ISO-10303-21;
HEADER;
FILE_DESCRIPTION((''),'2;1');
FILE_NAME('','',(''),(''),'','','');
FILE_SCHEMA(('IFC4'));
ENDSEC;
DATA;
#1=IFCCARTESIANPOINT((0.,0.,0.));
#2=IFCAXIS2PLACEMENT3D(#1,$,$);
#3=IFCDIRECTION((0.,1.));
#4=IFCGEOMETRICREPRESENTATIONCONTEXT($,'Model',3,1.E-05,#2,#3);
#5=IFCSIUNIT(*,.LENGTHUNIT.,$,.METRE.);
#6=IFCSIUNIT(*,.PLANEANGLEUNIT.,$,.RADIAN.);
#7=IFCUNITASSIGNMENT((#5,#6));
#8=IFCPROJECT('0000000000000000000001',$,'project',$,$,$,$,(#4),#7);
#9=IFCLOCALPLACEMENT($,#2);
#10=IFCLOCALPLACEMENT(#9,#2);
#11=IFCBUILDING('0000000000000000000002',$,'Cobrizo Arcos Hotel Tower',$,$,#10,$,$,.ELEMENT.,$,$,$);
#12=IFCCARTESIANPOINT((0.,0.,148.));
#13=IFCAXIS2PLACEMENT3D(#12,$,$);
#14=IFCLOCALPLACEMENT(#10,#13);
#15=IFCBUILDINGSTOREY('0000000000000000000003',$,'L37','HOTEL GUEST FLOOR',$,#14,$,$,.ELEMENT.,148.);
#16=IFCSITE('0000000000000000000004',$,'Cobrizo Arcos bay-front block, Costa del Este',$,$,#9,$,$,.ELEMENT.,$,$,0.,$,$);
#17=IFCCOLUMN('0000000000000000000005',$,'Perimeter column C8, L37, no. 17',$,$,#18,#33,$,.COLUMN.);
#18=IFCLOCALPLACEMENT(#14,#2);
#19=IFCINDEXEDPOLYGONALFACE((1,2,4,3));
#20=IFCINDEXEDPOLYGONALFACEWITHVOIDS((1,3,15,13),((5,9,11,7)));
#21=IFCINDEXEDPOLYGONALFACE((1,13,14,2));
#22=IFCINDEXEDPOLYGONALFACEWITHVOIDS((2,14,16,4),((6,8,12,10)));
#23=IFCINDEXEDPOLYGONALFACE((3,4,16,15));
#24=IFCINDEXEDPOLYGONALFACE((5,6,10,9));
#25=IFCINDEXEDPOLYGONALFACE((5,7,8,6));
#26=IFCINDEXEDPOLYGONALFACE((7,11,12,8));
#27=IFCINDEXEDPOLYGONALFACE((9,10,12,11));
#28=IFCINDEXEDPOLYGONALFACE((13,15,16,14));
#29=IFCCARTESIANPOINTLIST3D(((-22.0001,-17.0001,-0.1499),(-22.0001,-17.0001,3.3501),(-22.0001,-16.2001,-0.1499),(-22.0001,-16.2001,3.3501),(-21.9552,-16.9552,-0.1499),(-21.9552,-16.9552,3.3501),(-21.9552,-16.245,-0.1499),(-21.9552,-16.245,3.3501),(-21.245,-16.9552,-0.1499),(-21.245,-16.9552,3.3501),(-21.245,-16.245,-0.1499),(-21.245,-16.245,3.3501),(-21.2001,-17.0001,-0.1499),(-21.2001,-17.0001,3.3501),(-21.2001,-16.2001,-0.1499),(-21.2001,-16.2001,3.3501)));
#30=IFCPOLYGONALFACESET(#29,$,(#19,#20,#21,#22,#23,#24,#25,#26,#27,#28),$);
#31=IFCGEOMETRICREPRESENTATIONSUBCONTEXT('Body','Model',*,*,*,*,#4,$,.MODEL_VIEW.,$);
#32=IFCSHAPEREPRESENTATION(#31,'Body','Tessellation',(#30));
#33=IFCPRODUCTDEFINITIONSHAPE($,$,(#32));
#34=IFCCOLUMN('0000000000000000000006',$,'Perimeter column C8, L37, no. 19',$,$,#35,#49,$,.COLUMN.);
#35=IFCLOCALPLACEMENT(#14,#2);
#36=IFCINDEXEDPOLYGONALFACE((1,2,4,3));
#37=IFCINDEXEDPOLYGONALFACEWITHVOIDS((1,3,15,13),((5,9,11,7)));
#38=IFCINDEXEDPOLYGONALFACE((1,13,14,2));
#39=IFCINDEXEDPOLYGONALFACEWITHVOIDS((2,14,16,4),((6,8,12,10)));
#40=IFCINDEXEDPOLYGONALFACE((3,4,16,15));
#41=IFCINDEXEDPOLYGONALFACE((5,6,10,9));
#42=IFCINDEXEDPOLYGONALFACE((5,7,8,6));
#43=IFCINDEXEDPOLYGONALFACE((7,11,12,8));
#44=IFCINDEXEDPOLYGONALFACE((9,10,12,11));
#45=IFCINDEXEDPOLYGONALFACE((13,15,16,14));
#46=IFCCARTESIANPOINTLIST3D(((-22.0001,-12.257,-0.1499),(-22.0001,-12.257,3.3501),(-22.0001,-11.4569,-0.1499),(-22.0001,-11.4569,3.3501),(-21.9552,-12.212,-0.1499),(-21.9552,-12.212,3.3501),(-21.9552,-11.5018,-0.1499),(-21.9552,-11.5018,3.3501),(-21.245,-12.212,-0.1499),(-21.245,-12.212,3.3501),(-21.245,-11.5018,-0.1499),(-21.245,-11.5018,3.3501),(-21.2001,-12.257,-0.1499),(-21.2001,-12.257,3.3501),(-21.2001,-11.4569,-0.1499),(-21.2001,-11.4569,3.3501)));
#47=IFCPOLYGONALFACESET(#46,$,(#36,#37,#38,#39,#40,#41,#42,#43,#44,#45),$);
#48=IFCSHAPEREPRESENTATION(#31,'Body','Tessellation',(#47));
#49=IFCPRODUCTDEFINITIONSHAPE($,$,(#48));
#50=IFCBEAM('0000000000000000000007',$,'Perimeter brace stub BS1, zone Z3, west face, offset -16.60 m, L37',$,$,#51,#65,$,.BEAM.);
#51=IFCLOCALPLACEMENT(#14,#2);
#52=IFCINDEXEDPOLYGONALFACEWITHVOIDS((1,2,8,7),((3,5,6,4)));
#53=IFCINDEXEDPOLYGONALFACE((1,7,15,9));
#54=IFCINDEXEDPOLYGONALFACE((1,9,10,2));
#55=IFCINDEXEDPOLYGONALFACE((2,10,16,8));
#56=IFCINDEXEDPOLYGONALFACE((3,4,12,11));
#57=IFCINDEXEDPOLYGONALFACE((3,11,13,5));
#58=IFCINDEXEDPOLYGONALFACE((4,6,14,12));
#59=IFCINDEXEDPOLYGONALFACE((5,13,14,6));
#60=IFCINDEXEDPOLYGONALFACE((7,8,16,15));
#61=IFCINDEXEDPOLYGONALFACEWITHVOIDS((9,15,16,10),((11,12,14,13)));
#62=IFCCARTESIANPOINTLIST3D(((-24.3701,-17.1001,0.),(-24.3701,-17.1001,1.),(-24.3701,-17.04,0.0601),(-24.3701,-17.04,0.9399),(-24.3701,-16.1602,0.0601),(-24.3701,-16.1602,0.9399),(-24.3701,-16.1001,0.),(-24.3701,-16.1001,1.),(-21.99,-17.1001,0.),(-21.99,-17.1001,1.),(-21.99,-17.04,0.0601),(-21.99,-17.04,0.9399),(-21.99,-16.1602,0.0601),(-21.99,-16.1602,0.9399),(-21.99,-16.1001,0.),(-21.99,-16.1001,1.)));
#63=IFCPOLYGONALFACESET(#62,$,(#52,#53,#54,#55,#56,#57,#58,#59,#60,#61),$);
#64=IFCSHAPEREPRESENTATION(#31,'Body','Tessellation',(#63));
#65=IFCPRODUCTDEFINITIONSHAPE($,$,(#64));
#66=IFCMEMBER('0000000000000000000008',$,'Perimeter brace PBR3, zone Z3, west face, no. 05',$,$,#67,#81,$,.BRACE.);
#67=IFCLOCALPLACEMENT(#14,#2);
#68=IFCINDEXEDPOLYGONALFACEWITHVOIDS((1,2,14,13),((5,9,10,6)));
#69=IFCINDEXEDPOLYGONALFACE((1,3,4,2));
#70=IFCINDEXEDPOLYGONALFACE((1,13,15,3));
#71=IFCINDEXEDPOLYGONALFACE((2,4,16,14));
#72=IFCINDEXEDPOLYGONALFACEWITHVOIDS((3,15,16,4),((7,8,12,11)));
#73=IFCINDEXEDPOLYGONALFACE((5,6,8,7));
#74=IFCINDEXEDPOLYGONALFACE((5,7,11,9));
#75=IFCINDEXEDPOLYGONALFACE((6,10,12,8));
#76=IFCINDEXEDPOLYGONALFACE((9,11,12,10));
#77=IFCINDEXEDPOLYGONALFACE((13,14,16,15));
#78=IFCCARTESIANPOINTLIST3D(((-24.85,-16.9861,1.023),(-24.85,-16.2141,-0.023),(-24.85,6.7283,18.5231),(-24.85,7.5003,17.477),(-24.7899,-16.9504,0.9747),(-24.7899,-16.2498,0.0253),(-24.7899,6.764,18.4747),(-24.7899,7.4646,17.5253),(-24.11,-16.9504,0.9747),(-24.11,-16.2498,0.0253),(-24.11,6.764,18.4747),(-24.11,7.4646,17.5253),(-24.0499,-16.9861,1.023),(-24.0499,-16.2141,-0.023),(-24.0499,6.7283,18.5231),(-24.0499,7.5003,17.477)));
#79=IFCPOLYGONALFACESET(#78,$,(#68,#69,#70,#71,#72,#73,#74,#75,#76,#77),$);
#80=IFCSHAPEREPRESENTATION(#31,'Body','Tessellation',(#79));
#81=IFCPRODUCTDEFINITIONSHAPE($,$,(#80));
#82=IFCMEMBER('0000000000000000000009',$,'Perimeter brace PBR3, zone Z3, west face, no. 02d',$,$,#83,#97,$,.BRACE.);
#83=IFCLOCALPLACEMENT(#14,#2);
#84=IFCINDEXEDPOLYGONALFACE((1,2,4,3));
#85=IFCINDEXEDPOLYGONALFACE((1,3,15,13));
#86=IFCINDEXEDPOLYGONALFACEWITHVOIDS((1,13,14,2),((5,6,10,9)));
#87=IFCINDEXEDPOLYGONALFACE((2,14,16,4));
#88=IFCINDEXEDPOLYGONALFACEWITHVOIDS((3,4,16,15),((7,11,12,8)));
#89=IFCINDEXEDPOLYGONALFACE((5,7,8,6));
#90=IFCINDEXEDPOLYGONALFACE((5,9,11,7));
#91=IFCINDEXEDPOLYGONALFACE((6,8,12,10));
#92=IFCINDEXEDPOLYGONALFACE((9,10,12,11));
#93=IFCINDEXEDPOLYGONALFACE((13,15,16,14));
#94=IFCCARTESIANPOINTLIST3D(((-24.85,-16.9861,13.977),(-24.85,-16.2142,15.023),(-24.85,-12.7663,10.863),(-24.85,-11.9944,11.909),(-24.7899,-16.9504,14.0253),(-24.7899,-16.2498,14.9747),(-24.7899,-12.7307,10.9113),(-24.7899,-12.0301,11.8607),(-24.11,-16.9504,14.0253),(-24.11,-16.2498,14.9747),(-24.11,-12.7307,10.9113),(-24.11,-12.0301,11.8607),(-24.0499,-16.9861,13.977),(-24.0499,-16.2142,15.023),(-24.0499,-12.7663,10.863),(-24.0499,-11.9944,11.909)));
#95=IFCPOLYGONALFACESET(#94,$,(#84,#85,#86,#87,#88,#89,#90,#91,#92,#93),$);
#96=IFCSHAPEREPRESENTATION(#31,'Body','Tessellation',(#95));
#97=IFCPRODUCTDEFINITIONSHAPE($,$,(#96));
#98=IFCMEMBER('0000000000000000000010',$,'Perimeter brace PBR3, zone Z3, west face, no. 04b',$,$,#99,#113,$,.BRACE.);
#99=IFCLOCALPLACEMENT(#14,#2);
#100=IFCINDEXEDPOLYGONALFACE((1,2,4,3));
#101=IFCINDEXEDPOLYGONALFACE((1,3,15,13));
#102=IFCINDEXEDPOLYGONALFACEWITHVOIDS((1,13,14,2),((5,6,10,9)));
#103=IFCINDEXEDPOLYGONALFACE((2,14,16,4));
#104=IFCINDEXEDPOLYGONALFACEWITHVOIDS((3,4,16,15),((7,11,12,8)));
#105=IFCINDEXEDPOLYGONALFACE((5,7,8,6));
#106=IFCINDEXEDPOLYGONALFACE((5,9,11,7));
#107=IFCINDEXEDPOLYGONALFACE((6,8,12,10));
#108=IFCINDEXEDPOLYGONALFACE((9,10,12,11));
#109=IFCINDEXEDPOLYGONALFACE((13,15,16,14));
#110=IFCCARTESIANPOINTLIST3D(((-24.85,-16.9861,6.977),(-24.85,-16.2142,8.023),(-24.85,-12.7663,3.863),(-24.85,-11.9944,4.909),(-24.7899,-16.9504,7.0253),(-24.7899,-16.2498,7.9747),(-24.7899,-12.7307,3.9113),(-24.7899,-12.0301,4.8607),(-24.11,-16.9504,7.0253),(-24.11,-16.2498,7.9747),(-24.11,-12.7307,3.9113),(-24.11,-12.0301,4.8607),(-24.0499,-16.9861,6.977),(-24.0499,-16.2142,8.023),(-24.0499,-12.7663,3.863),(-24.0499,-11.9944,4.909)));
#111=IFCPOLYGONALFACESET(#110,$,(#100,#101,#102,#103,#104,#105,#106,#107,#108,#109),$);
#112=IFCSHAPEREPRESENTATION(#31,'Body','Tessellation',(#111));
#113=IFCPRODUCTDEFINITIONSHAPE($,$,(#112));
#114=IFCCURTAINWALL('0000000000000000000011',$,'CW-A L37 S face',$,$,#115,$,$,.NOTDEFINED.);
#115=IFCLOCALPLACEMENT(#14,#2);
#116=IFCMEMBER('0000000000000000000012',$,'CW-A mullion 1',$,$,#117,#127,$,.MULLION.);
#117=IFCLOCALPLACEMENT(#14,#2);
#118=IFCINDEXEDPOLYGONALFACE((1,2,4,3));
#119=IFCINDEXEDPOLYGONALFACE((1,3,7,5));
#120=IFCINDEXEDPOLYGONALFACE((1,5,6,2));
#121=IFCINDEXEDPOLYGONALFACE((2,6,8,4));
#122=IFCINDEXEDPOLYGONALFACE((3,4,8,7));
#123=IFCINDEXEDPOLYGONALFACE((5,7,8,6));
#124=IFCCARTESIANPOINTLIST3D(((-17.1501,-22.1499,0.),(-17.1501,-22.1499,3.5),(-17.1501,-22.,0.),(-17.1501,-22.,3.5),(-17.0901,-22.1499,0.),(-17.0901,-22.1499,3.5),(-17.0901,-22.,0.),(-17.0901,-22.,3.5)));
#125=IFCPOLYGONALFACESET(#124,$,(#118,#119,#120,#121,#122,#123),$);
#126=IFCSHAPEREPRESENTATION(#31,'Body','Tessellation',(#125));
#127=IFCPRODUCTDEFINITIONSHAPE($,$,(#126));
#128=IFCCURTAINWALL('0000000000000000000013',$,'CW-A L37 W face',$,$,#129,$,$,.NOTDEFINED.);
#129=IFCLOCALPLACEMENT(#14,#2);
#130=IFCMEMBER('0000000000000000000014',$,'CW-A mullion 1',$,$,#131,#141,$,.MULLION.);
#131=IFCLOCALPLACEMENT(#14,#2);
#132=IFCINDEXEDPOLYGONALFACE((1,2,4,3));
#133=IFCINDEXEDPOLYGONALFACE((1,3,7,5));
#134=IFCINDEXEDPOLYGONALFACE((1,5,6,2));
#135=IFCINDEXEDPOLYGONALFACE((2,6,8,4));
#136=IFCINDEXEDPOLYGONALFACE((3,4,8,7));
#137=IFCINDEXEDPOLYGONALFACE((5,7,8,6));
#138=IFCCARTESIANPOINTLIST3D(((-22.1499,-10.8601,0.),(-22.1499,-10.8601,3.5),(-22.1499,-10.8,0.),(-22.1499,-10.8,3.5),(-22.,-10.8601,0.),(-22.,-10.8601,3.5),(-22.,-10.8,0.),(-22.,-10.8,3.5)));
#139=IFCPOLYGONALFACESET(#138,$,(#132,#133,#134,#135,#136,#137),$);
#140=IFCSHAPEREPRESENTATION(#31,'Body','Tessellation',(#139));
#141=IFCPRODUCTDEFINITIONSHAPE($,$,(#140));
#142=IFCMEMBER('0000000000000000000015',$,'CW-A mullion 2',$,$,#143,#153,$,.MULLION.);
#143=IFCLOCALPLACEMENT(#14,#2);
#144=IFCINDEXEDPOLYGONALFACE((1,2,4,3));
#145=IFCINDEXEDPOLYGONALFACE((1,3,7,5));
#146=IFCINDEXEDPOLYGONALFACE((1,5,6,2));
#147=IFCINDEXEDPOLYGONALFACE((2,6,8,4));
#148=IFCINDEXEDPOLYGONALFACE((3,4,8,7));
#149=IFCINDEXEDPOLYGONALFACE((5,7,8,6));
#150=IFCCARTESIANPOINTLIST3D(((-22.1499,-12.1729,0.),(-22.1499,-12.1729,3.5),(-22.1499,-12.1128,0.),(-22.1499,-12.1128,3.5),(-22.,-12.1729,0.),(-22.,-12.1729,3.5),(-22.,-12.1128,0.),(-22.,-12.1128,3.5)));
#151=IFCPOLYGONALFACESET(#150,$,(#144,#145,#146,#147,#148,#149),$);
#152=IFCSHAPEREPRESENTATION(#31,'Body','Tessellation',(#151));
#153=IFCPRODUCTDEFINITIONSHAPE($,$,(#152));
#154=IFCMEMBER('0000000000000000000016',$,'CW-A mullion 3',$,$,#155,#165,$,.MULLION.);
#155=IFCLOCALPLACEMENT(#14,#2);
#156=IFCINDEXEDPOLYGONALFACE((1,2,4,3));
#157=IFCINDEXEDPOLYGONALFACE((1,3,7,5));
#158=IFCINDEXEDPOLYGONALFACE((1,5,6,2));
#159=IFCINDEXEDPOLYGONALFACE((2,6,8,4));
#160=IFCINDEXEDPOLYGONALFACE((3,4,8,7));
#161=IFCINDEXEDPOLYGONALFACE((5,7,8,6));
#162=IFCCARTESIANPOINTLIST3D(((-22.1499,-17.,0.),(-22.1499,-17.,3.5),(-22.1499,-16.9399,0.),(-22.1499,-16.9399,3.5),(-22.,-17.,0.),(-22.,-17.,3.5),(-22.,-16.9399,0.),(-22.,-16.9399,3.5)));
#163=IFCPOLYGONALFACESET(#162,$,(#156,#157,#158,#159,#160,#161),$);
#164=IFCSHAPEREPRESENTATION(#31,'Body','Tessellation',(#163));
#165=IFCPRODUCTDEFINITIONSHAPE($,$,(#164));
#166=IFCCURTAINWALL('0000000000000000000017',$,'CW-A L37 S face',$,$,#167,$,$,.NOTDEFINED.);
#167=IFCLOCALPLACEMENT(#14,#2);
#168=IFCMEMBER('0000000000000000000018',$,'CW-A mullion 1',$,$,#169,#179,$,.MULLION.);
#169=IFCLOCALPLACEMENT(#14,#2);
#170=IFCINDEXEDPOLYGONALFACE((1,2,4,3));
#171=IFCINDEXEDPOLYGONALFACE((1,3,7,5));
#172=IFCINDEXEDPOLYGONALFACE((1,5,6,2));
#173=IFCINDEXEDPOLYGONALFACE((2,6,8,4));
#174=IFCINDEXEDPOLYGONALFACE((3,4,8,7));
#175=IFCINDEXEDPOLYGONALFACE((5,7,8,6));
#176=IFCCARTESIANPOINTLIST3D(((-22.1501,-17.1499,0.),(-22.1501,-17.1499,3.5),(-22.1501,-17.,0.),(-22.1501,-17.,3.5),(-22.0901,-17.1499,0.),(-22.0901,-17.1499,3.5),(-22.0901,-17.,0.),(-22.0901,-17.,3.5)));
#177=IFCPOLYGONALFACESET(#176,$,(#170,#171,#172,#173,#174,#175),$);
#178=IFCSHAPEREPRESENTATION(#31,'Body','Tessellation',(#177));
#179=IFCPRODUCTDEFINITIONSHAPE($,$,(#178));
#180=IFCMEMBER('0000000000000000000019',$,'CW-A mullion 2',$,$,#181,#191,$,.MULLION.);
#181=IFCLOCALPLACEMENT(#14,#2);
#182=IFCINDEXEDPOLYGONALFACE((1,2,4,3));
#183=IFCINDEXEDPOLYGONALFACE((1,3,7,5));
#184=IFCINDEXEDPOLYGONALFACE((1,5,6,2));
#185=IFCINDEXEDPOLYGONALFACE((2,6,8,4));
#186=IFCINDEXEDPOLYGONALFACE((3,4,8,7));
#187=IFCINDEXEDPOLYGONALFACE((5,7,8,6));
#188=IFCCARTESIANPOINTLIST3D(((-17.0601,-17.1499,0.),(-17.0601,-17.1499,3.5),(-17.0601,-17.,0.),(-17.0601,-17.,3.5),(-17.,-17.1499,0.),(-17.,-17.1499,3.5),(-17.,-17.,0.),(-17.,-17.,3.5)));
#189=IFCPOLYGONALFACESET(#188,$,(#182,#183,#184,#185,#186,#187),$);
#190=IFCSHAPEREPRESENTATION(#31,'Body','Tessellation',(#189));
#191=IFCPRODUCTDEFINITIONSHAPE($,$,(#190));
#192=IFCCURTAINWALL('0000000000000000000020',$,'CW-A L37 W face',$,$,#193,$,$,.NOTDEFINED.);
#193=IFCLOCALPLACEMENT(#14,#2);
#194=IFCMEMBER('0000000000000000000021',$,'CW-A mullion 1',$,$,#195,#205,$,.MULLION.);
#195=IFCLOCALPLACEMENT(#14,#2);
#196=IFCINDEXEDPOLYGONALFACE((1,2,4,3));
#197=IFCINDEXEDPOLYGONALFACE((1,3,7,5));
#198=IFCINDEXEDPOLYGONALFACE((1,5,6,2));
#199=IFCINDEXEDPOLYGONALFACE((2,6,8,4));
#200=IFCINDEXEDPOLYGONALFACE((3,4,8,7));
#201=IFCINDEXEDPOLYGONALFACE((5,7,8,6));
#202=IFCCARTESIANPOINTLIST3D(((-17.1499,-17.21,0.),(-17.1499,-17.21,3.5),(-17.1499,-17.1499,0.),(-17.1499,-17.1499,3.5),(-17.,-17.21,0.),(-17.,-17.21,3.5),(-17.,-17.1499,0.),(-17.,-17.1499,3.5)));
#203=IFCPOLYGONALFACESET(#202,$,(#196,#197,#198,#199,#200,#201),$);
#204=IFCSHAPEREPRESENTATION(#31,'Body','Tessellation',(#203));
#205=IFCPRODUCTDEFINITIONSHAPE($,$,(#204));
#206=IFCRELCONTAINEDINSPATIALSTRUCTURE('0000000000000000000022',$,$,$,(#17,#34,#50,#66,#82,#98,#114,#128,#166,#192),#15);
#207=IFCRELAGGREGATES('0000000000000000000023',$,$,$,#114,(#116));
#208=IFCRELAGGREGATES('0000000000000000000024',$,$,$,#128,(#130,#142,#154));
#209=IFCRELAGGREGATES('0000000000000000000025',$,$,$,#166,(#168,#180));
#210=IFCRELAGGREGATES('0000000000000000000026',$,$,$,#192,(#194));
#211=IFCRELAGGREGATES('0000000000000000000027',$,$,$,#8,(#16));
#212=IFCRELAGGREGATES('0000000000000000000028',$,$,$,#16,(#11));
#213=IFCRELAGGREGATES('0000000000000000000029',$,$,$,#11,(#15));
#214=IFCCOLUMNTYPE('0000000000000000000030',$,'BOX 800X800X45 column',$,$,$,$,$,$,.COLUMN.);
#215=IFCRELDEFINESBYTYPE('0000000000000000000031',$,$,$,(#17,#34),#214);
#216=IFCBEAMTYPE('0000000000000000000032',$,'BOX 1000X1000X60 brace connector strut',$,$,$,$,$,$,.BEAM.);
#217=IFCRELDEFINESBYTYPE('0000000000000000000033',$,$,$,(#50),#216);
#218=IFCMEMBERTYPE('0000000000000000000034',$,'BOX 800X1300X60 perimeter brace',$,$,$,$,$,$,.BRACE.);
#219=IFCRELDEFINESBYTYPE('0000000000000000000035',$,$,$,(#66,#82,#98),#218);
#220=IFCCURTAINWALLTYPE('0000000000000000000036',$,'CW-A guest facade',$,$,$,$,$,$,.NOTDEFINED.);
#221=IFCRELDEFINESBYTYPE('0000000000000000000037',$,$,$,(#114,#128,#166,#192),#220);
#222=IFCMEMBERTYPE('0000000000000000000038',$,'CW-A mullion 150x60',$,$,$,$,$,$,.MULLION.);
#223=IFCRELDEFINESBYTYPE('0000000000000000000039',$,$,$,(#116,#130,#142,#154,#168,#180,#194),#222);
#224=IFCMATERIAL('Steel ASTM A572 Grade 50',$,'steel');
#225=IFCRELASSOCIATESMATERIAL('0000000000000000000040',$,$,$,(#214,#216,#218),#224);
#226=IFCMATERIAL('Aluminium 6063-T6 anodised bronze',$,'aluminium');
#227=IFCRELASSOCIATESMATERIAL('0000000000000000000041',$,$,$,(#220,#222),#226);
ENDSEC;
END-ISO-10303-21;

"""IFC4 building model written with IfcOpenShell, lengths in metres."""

from ifc_helpers import new_model, si_unit, direction, frame, origin, origin_2d, place, context, subcontext, project, spatial, rectangle, hollow_rectangle, extrude, material, material_profile, profile_set, type_object, element, aggregate, save


model = new_model("IFC4")

# Units and contexts
model_context = context("Model", 3, precision=1e-05, world=origin(), true_north=direction((0.0, 1.0)))
body_context = subcontext(model_context, "Body", "Model", "MODEL_VIEW")
ifc_project = project(units=[si_unit("LENGTHUNIT", "METRE"), si_unit("PLANEANGLEUNIT", "RADIAN")], contexts=[model_context])

# Site, building, storey
site_placement = place(None, origin())
site = spatial("IfcSite", under=ifc_project, at=site_placement, Name="Cobrizo Arcos bay-front block, Costa del Este", CompositionType="ELEMENT", RefElevation=0.0)
building_placement = place(site_placement, origin())
building = spatial("IfcBuilding", under=site, at=building_placement, Name="Cobrizo Arcos Hotel Tower", CompositionType="ELEMENT")
storey_placement = place(building_placement, frame((0.0, 0.0, 148.0)))
storey = spatial("IfcBuildingStorey", under=building, at=storey_placement, Name="L37", Description="HOTEL GUEST FLOOR", CompositionType="ELEMENT", Elevation=148.0)

# Columns
ifc_material_1 = material(Name="Steel ASTM A572 Grade 50", Category="steel")
ifc_material_profile_1 = material_profile(ifc_material_1, hollow_rectangle(XDim=0.8, YDim=0.8, WallThickness=0.0449, at=origin_2d()), Name="BOX 800X800X45")
ifc_profile_set_1 = profile_set([ifc_material_profile_1], Name="Steel ASTM A572 Grade 50")
column_type = type_object("IfcColumnType", Name="BOX 800X800X45 column", PredefinedType="COLUMN", material=ifc_profile_set_1)
for number, where, z_axis, x_axis, name in (
    (1, (-21.6001, -16.6001, -0.1499), (0.0, 0.0, 1.0), (1.0, 0.0, 0.0), "Perimeter column C8, L37, no. 17"),
    (2, (-21.6001, -11.8569, -0.1499), (0.0, 0.0, 1.0), (1.0, 0.0, 0.0), "Perimeter column C8, L37, no. 19"),
):
    element("IfcColumn", number, at=place(storey_placement, frame(where, z_axis=z_axis, x_axis=x_axis)), inside=storey, type_object=column_type, Name=name, PredefinedType="COLUMN", context=body_context, shape_type="SweptSolid", body=[
        extrude(hollow_rectangle(XDim=0.8, YDim=0.8, WallThickness=0.0449, at=origin_2d()), origin(), (0.0, 0.0, 1.0), 3.5),
    ])

# Beam
ifc_material_profile_2 = material_profile(ifc_material_1, hollow_rectangle(XDim=1.0, YDim=1.0, WallThickness=0.0601, at=origin_2d()), Name="BOX 1000X1000X60")
ifc_profile_set_2 = profile_set([ifc_material_profile_2], Name="Steel ASTM A572 Grade 50")
beam_type_1 = type_object("IfcBeamType", Name="BOX 1000X1000X60 brace connector strut", PredefinedType="BEAM", material=ifc_profile_set_2)
beam_1_placement = place(storey_placement, frame((-21.99, -16.6001, 0.5), z_axis=(-1.0, 0.0, 0.0), x_axis=(0.0, -1.0, 0.0)))
element("IfcBeam", 3, at=beam_1_placement, inside=storey, type_object=beam_type_1, Name="Perimeter brace stub BS1, zone Z3, west face, offset -16.60 m, L37", PredefinedType="BEAM", context=body_context, shape_type="SweptSolid", body=[
    extrude(hollow_rectangle(XDim=1.0, YDim=1.0, WallThickness=0.0601, at=origin_2d()), origin(), (0.0, 0.0, 1.0), 2.3801),
])

# Members
ifc_material_profile_3 = material_profile(ifc_material_1, hollow_rectangle(XDim=0.8, YDim=1.3, WallThickness=0.0601, at=origin_2d()), Name="BOX 800X1300X60")
ifc_profile_set_3 = profile_set([ifc_material_profile_3], Name="Steel ASTM A572 Grade 50")
member_type_1 = type_object("IfcMemberType", Name="BOX 800X1300X60 perimeter brace", PredefinedType="BRACE", material=ifc_profile_set_3)
member_1_placement = place(storey_placement, frame((-24.45, -16.6001, 0.5), z_axis=(0.0, 0.80463, 0.593776), x_axis=(-1.0, 0.0, 0.0)))
element("IfcMember", 4, at=member_1_placement, inside=storey, type_object=member_type_1, Name="Perimeter brace PBR3, zone Z3, west face, no. 05", PredefinedType="BRACE", context=body_context, shape_type="SweptSolid", body=[
    extrude(hollow_rectangle(XDim=0.8, YDim=1.3, WallThickness=0.0601, at=origin_2d()), origin(), (0.0, 0.0, 1.0), 29.4724),
])
for number, where, z_axis, x_axis, name in (
    (5, (-24.45, -12.3804, 11.386), (0.0, -0.804624, 0.593785), (1.0, 0.0, 0.0), "Perimeter brace PBR3, zone Z3, west face, no. 02d"),
    (6, (-24.45, -12.3804, 4.386), (0.0, -0.804624, 0.593785), (1.0, 0.0, 0.0), "Perimeter brace PBR3, zone Z3, west face, no. 04b"),
):
    element("IfcMember", number, at=place(storey_placement, frame(where, z_axis=z_axis, x_axis=x_axis)), inside=storey, type_object=member_type_1, Name=name, PredefinedType="BRACE", context=body_context, shape_type="SweptSolid", body=[
        extrude(hollow_rectangle(XDim=0.8, YDim=1.3, WallThickness=0.0601, at=origin_2d()), origin(), (0.0, 0.0, 1.0), 5.2444),
    ])

# Curtain wall, member
ifc_material_2 = material(Name="Aluminium 6063-T6 anodised bronze", Category="aluminium")
curtain_wall_type = type_object("IfcCurtainWallType", Name="CW-A guest facade", PredefinedType="NOTDEFINED", material=ifc_material_2)
curtain_wall_1_placement = place(storey_placement, origin())
curtain_wall_1 = element("IfcCurtainWall", 7, at=curtain_wall_1_placement, inside=storey, type_object=curtain_wall_type, Name="CW-A L37 S face", PredefinedType="NOTDEFINED")
ifc_material_profile_4 = material_profile(ifc_material_2, rectangle(XDim=0.1499, YDim=0.0601, at=origin_2d()), Name="CW-A mullion 150x60")
ifc_profile_set_4 = profile_set([ifc_material_profile_4], Name="Aluminium 6063-T6 anodised bronze")
member_type_2 = type_object("IfcMemberType", Name="CW-A mullion 150x60", PredefinedType="MULLION", material=ifc_profile_set_4)
member_2_placement = place(storey_placement, frame((-17.1201, -22.075, 0.0), z_axis=(0.0, 0.0, 1.0), x_axis=(0.0, -1.0, 0.0)))
member_2 = element("IfcMember", 8, at=member_2_placement, type_object=member_type_2, Name="CW-A mullion 1", PredefinedType="MULLION", context=body_context, shape_type="SweptSolid", body=[
    extrude(rectangle(XDim=0.1499, YDim=0.0601, at=origin_2d()), origin(), (0.0, 0.0, 1.0), 3.5),
])

# Curtain walls, members
curtain_wall_2_placement = place(storey_placement, origin())
curtain_wall_2 = element("IfcCurtainWall", 9, at=curtain_wall_2_placement, inside=storey, type_object=curtain_wall_type, Name="CW-A L37 W face", PredefinedType="NOTDEFINED")
member_3_placement = place(storey_placement, frame((-22.075, -10.8301, 0.0), z_axis=(0.0, 0.0, 1.0), x_axis=(-1.0, 0.0, 0.0)))
member_3 = element("IfcMember", 10, at=member_3_placement, type_object=member_type_2, Name="CW-A mullion 1", PredefinedType="MULLION", context=body_context, shape_type="SweptSolid", body=[
    extrude(rectangle(XDim=0.1499, YDim=0.0601, at=origin_2d()), origin(), (0.0, 0.0, 1.0), 3.5),
])
member_4_placement = place(storey_placement, frame((-22.075, -12.1428, 0.0), z_axis=(0.0, 0.0, 1.0), x_axis=(-1.0, 0.0, 0.0)))
member_4 = element("IfcMember", 11, at=member_4_placement, type_object=member_type_2, Name="CW-A mullion 2", PredefinedType="MULLION", context=body_context, shape_type="SweptSolid", body=[
    extrude(rectangle(XDim=0.1499, YDim=0.0601, at=origin_2d()), origin(), (0.0, 0.0, 1.0), 3.5),
])
member_5_placement = place(storey_placement, frame((-22.075, -16.97, 0.0), z_axis=(0.0, 0.0, 1.0), x_axis=(-1.0, 0.0, 0.0)))
member_5 = element("IfcMember", 12, at=member_5_placement, type_object=member_type_2, Name="CW-A mullion 3", PredefinedType="MULLION", context=body_context, shape_type="SweptSolid", body=[
    extrude(rectangle(XDim=0.1499, YDim=0.0601, at=origin_2d()), origin(), (0.0, 0.0, 1.0), 3.5),
])
curtain_wall_3_placement = place(storey_placement, origin())
curtain_wall_3 = element("IfcCurtainWall", 13, at=curtain_wall_3_placement, inside=storey, type_object=curtain_wall_type, Name="CW-A L37 S face", PredefinedType="NOTDEFINED")
member_6_placement = place(storey_placement, frame((-22.1201, -17.075, 0.0), z_axis=(0.0, 0.0, 1.0), x_axis=(0.0, -1.0, 0.0)))
member_6 = element("IfcMember", 14, at=member_6_placement, type_object=member_type_2, Name="CW-A mullion 1", PredefinedType="MULLION", context=body_context, shape_type="SweptSolid", body=[
    extrude(rectangle(XDim=0.1499, YDim=0.0601, at=origin_2d()), origin(), (0.0, 0.0, 1.0), 3.5),
])
member_7_placement = place(storey_placement, frame((-17.03, -17.075, 0.0), z_axis=(0.0, 0.0, 1.0), x_axis=(0.0, -1.0, 0.0)))
member_7 = element("IfcMember", 15, at=member_7_placement, type_object=member_type_2, Name="CW-A mullion 2", PredefinedType="MULLION", context=body_context, shape_type="SweptSolid", body=[
    extrude(rectangle(XDim=0.1499, YDim=0.0601, at=origin_2d()), origin(), (0.0, 0.0, 1.0), 3.5),
])
curtain_wall_4_placement = place(storey_placement, origin())
curtain_wall_4 = element("IfcCurtainWall", 16, at=curtain_wall_4_placement, inside=storey, type_object=curtain_wall_type, Name="CW-A L37 W face", PredefinedType="NOTDEFINED")
member_8_placement = place(storey_placement, frame((-17.075, -17.1799, 0.0), z_axis=(0.0, 0.0, 1.0), x_axis=(-1.0, 0.0, 0.0)))
member_8 = element("IfcMember", 17, at=member_8_placement, type_object=member_type_2, Name="CW-A mullion 1", PredefinedType="MULLION", context=body_context, shape_type="SweptSolid", body=[
    extrude(rectangle(XDim=0.1499, YDim=0.0601, at=origin_2d()), origin(), (0.0, 0.0, 1.0), 3.5),
])

aggregate(curtain_wall_1, [member_2])

aggregate(curtain_wall_2, [member_3, member_4, member_5])
aggregate(curtain_wall_3, [member_6, member_7])
aggregate(curtain_wall_4, [member_8])

save(model, "model.ifc")
